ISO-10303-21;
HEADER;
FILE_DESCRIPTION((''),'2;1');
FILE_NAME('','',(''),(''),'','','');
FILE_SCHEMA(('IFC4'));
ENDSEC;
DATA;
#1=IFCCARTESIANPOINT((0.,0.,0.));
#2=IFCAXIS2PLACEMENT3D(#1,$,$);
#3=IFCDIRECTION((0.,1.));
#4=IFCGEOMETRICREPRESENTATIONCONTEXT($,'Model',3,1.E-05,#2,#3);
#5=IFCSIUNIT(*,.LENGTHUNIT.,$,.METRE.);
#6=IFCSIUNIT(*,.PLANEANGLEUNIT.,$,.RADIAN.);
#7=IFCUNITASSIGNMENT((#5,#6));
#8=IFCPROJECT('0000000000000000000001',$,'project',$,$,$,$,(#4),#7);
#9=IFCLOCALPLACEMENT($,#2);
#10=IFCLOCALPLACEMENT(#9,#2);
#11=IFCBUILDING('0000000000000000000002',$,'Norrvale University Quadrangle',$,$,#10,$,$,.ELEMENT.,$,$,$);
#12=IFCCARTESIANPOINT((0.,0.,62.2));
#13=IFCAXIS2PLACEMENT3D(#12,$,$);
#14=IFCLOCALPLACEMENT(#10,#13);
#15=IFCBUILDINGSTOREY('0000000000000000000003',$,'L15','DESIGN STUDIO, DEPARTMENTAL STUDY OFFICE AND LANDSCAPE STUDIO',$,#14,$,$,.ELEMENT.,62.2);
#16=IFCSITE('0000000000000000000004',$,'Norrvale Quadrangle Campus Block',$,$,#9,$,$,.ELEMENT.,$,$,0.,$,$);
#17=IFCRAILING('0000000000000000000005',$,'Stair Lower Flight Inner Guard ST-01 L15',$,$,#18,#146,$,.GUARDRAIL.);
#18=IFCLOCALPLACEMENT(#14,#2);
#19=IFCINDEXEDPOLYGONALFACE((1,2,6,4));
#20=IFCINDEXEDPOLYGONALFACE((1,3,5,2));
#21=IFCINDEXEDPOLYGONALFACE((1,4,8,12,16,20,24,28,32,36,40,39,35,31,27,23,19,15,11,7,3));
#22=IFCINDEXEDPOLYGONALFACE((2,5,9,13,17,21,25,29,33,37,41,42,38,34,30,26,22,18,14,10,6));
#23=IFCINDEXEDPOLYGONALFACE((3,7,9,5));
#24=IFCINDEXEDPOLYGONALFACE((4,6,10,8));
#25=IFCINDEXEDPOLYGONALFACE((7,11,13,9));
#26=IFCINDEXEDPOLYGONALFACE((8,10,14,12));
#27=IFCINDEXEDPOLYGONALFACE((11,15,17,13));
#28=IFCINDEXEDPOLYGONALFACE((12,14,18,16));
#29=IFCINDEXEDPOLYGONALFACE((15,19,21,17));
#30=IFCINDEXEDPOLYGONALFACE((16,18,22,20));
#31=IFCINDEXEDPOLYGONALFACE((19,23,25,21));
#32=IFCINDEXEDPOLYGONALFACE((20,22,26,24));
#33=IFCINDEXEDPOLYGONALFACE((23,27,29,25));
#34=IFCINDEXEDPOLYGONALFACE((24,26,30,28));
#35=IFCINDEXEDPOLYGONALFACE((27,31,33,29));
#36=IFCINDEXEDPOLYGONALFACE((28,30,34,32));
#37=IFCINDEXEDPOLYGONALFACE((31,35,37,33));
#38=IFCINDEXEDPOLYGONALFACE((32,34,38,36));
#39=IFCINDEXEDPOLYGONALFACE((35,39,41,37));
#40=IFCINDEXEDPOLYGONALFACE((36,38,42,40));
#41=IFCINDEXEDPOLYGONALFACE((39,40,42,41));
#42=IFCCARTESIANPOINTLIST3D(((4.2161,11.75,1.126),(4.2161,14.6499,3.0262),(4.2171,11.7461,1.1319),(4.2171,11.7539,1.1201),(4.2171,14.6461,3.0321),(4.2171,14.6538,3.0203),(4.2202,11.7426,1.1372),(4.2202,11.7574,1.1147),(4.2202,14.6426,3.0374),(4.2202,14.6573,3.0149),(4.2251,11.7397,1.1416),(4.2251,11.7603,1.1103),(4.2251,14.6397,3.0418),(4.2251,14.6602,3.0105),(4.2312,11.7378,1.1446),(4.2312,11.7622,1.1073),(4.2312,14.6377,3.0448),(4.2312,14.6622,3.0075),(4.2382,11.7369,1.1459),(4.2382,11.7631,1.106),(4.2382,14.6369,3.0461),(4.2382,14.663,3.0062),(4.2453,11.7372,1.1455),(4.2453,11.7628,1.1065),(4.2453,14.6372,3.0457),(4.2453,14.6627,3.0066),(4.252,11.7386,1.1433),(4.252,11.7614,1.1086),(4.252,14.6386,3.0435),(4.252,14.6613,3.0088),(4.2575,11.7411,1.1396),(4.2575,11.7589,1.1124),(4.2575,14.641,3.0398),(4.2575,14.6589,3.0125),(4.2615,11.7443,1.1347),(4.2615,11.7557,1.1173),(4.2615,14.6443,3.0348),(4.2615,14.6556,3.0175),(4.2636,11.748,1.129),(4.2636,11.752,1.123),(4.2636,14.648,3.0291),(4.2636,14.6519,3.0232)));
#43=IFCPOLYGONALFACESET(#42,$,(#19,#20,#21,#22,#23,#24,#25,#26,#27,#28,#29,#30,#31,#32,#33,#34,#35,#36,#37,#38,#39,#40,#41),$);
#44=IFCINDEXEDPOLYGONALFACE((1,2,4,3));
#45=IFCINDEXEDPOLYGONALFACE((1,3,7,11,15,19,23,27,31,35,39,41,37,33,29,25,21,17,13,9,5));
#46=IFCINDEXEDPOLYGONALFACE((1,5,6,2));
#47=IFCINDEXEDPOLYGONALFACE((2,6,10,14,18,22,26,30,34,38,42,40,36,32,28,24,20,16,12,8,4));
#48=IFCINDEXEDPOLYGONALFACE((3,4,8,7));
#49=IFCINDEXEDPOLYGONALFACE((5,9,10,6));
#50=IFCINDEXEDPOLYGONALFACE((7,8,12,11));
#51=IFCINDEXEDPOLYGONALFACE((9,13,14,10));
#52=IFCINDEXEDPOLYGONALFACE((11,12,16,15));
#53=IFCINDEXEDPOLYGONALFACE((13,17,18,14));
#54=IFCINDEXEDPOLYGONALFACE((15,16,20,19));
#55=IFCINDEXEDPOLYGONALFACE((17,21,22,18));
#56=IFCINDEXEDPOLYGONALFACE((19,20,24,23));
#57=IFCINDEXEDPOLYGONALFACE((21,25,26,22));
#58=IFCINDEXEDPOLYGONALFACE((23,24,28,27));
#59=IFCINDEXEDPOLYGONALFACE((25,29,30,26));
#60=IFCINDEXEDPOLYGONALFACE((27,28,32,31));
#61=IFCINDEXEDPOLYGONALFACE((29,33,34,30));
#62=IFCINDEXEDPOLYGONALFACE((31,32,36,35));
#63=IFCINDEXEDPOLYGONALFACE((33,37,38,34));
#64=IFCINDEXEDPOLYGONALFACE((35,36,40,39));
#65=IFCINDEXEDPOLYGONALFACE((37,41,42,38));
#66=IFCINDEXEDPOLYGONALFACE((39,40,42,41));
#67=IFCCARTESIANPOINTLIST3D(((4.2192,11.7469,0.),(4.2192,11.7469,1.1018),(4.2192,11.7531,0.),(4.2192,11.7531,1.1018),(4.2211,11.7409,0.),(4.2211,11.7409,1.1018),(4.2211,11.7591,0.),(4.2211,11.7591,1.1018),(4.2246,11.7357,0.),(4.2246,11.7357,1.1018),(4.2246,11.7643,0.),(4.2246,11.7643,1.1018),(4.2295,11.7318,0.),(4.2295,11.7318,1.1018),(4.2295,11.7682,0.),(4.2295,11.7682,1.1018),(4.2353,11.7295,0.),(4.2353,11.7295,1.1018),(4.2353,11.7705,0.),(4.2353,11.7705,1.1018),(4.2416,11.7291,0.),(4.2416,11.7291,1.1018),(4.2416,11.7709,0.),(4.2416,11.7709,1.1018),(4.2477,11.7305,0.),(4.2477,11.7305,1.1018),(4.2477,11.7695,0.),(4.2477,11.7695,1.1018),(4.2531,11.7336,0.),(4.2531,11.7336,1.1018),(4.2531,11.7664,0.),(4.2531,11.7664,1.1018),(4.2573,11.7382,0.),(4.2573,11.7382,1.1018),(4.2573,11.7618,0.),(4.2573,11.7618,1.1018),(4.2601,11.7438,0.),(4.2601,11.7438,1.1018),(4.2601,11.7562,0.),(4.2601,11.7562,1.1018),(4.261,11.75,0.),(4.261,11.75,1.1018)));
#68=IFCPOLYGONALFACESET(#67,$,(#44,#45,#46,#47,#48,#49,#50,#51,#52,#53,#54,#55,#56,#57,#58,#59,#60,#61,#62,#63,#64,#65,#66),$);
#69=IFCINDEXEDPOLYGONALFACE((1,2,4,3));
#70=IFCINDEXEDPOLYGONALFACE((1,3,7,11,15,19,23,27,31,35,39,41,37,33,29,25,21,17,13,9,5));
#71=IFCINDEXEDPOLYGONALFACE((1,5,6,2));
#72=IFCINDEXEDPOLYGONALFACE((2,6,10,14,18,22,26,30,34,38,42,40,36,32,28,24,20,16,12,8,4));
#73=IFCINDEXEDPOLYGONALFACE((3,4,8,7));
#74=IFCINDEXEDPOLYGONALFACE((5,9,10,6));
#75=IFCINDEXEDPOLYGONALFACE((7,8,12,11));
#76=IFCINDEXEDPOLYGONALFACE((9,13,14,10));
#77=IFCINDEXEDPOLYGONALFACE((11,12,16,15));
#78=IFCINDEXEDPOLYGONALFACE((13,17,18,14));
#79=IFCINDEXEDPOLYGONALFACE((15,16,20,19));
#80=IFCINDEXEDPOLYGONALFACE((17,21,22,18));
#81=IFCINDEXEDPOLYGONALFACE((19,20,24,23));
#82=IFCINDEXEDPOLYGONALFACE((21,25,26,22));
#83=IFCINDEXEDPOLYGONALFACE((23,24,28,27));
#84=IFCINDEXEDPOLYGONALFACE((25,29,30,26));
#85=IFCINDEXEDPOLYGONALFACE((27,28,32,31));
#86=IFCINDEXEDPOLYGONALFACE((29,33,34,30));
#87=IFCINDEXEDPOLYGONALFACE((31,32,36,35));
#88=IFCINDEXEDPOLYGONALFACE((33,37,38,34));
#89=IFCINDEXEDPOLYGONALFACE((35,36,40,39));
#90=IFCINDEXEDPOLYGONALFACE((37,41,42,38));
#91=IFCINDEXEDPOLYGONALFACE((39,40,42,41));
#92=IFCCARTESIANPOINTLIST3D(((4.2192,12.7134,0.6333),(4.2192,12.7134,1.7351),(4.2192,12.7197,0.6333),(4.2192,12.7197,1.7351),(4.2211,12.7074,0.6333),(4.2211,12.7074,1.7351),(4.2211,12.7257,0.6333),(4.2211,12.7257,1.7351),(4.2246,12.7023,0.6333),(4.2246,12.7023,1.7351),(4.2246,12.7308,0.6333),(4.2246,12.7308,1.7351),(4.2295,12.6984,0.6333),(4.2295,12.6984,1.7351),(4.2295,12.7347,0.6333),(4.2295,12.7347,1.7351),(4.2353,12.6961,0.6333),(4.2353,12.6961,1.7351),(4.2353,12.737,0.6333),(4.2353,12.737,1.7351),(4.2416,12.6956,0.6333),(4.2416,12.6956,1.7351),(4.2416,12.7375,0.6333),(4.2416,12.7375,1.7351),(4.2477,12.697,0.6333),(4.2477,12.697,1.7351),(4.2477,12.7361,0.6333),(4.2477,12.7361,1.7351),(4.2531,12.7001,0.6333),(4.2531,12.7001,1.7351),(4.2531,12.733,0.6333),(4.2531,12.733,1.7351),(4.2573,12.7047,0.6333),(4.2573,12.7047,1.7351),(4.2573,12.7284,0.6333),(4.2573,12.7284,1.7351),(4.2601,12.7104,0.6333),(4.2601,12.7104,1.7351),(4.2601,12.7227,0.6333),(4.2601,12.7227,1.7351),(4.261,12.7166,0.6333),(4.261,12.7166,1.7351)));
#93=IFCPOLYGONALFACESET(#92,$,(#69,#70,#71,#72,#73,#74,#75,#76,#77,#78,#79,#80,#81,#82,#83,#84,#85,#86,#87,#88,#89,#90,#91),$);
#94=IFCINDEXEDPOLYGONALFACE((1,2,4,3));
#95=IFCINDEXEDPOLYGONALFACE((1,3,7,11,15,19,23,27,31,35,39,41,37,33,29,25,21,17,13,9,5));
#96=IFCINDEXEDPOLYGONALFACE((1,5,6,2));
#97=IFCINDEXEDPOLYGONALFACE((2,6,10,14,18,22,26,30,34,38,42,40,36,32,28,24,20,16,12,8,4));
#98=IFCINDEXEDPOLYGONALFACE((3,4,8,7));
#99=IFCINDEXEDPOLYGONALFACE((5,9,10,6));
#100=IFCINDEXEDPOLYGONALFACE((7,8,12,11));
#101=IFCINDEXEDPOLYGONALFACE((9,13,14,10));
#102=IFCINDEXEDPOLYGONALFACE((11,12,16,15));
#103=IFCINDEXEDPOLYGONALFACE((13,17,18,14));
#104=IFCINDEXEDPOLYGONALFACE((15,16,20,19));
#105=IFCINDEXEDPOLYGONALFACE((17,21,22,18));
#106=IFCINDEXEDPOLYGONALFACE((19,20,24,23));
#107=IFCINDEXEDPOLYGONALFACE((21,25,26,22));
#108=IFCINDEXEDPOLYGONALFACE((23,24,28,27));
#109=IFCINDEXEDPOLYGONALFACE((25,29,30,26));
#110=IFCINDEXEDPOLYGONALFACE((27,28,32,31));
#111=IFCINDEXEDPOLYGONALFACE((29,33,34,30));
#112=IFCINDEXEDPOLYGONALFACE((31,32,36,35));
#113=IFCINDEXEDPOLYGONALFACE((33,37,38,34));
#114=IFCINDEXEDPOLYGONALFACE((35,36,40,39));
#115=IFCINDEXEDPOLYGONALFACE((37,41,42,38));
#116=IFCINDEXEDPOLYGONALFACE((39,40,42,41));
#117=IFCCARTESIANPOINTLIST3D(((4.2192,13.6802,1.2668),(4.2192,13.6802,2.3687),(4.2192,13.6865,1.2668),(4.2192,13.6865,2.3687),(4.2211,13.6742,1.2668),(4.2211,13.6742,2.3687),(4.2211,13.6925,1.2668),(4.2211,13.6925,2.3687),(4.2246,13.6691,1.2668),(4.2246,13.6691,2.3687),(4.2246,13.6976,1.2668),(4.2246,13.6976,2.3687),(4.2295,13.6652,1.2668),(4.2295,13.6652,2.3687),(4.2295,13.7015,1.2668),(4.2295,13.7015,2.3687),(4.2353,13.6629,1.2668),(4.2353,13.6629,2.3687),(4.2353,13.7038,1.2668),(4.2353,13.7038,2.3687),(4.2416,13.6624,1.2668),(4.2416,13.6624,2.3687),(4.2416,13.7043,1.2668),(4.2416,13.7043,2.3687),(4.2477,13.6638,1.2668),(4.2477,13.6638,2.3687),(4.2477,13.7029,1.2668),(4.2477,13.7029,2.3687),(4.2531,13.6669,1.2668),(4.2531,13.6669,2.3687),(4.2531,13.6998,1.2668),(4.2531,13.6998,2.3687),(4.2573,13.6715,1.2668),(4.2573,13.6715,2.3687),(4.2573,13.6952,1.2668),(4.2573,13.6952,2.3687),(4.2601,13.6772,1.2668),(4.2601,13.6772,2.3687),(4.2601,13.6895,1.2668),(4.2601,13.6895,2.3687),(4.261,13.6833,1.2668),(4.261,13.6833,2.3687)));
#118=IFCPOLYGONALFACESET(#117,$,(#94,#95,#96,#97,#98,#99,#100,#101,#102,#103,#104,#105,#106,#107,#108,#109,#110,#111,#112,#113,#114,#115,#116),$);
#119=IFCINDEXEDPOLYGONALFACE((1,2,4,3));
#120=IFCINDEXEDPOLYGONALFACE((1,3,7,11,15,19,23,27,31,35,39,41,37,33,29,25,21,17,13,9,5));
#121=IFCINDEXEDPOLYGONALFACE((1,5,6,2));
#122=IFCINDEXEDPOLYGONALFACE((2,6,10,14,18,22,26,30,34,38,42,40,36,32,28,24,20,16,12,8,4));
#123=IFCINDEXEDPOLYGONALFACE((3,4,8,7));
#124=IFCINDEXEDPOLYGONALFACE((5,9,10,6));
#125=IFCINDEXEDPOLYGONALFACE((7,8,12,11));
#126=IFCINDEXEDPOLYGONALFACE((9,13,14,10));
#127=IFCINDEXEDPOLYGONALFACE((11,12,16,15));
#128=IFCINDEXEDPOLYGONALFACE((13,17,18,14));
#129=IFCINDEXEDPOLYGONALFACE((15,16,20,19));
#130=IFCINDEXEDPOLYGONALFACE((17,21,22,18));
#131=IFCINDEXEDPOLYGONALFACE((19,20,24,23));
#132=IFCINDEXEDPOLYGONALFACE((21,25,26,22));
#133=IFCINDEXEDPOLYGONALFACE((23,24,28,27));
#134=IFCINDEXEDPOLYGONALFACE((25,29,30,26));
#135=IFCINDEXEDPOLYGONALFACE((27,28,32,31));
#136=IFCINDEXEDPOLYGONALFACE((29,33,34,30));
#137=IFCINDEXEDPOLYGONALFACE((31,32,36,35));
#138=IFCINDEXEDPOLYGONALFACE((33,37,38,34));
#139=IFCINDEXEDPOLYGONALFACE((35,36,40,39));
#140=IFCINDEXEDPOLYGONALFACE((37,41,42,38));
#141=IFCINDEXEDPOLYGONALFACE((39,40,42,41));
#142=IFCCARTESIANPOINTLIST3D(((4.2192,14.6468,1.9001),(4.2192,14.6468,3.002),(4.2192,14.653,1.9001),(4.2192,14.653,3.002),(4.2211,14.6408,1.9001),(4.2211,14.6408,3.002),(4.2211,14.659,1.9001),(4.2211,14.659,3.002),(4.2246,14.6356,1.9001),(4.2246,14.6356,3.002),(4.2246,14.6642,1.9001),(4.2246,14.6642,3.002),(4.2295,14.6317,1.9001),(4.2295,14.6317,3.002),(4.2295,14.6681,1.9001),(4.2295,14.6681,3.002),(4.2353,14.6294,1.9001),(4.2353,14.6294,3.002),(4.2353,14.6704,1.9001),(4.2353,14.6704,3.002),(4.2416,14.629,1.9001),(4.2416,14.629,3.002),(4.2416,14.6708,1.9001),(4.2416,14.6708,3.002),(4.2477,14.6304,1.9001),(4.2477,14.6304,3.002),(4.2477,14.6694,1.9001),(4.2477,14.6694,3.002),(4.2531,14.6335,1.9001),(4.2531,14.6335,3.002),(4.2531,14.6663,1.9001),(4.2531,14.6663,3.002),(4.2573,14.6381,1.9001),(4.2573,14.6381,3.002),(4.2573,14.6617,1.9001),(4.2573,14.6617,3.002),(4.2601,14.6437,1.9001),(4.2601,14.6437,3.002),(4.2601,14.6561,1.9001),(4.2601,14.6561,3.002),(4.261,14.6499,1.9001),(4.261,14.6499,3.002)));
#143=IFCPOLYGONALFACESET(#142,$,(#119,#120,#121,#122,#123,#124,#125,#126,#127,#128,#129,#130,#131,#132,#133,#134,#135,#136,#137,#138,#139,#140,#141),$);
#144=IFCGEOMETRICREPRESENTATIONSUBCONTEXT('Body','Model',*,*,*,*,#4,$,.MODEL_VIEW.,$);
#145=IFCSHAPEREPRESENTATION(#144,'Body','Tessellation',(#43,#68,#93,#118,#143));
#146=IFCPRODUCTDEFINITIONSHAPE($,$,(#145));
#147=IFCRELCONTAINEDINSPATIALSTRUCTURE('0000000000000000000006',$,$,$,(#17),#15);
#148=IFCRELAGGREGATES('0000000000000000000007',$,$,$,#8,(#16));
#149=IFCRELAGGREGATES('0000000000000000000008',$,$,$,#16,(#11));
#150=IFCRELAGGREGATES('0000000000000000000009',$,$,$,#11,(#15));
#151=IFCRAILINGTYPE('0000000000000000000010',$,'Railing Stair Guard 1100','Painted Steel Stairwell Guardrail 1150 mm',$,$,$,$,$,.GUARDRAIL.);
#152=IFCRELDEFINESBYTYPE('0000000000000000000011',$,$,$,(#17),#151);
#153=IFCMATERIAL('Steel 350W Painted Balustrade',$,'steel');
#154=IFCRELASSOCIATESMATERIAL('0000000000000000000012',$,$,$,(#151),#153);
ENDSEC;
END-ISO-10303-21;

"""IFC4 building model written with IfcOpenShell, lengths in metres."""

from ifc_helpers import new_model, si_unit, direction, frame, origin, origin_2d, place, context, subcontext, project, spatial, circle, extrude, material, type_object, element, save


model = new_model("IFC4")

# Units and contexts
model_context = context("Model", 3, precision=1e-05, world=origin(), true_north=direction((0.0, 1.0)))
body_context = subcontext(model_context, "Body", "Model", "MODEL_VIEW")
ifc_project = project(units=[si_unit("LENGTHUNIT", "METRE"), si_unit("PLANEANGLEUNIT", "RADIAN")], contexts=[model_context])

# Site, building, storey
site_placement = place(None, origin())
site = spatial("IfcSite", under=ifc_project, at=site_placement, Name="Norrvale Quadrangle Campus Block", CompositionType="ELEMENT", RefElevation=0.0)
building_placement = place(site_placement, origin())
building = spatial("IfcBuilding", under=site, at=building_placement, Name="Norrvale University Quadrangle", CompositionType="ELEMENT")
storey_placement = place(building_placement, frame((0.0, 0.0, 62.2)))
storey = spatial("IfcBuildingStorey", under=building, at=storey_placement, Name="L15", Description="DESIGN STUDIO, DEPARTMENTAL STUDY OFFICE AND LANDSCAPE STUDIO", CompositionType="ELEMENT", Elevation=62.2)

# Railing
ifc_material_1 = material(Name="Steel 350W Painted Balustrade", Category="steel")
railing_type_1 = type_object("IfcRailingType", Name="Railing Stair Guard 1100", Description="Painted Steel Stairwell Guardrail 1150 mm", PredefinedType="GUARDRAIL", material=ifc_material_1)
railing_1_placement = place(storey_placement, frame((4.24, 11.75, 0.0)))
element("IfcRailing", 1, at=railing_1_placement, inside=storey, type_object=railing_type_1, Name="Stair Lower Flight Inner Guard ST-01 L15", PredefinedType="GUARDRAIL", context=body_context, shape_type="SweptSolid", body=[
    extrude(circle(Radius=0.0239, at=origin_2d()), frame((0.0, 0.0, 1.126), z_axis=(0.0, 0.836433, 0.548069), x_axis=(-1.0, 0.0, 0.0)), (0.0, 0.0, 1.0), 3.467),
    extrude(circle(Radius=0.021, at=origin_2d()), origin(), (0.0, 0.0, 1.0), 1.1018),
    extrude(circle(Radius=0.021, at=origin_2d()), frame((0.0, 0.9666, 0.6333)), (0.0, 0.0, 1.0), 1.1018),
    extrude(circle(Radius=0.021, at=origin_2d()), frame((0.0, 1.9333, 1.2668)), (0.0, 0.0, 1.0), 1.1018),
    extrude(circle(Radius=0.021, at=origin_2d()), frame((0.0, 2.8999, 1.9001)), (0.0, 0.0, 1.0), 1.1018),
])

save(model, "model.ifc")
